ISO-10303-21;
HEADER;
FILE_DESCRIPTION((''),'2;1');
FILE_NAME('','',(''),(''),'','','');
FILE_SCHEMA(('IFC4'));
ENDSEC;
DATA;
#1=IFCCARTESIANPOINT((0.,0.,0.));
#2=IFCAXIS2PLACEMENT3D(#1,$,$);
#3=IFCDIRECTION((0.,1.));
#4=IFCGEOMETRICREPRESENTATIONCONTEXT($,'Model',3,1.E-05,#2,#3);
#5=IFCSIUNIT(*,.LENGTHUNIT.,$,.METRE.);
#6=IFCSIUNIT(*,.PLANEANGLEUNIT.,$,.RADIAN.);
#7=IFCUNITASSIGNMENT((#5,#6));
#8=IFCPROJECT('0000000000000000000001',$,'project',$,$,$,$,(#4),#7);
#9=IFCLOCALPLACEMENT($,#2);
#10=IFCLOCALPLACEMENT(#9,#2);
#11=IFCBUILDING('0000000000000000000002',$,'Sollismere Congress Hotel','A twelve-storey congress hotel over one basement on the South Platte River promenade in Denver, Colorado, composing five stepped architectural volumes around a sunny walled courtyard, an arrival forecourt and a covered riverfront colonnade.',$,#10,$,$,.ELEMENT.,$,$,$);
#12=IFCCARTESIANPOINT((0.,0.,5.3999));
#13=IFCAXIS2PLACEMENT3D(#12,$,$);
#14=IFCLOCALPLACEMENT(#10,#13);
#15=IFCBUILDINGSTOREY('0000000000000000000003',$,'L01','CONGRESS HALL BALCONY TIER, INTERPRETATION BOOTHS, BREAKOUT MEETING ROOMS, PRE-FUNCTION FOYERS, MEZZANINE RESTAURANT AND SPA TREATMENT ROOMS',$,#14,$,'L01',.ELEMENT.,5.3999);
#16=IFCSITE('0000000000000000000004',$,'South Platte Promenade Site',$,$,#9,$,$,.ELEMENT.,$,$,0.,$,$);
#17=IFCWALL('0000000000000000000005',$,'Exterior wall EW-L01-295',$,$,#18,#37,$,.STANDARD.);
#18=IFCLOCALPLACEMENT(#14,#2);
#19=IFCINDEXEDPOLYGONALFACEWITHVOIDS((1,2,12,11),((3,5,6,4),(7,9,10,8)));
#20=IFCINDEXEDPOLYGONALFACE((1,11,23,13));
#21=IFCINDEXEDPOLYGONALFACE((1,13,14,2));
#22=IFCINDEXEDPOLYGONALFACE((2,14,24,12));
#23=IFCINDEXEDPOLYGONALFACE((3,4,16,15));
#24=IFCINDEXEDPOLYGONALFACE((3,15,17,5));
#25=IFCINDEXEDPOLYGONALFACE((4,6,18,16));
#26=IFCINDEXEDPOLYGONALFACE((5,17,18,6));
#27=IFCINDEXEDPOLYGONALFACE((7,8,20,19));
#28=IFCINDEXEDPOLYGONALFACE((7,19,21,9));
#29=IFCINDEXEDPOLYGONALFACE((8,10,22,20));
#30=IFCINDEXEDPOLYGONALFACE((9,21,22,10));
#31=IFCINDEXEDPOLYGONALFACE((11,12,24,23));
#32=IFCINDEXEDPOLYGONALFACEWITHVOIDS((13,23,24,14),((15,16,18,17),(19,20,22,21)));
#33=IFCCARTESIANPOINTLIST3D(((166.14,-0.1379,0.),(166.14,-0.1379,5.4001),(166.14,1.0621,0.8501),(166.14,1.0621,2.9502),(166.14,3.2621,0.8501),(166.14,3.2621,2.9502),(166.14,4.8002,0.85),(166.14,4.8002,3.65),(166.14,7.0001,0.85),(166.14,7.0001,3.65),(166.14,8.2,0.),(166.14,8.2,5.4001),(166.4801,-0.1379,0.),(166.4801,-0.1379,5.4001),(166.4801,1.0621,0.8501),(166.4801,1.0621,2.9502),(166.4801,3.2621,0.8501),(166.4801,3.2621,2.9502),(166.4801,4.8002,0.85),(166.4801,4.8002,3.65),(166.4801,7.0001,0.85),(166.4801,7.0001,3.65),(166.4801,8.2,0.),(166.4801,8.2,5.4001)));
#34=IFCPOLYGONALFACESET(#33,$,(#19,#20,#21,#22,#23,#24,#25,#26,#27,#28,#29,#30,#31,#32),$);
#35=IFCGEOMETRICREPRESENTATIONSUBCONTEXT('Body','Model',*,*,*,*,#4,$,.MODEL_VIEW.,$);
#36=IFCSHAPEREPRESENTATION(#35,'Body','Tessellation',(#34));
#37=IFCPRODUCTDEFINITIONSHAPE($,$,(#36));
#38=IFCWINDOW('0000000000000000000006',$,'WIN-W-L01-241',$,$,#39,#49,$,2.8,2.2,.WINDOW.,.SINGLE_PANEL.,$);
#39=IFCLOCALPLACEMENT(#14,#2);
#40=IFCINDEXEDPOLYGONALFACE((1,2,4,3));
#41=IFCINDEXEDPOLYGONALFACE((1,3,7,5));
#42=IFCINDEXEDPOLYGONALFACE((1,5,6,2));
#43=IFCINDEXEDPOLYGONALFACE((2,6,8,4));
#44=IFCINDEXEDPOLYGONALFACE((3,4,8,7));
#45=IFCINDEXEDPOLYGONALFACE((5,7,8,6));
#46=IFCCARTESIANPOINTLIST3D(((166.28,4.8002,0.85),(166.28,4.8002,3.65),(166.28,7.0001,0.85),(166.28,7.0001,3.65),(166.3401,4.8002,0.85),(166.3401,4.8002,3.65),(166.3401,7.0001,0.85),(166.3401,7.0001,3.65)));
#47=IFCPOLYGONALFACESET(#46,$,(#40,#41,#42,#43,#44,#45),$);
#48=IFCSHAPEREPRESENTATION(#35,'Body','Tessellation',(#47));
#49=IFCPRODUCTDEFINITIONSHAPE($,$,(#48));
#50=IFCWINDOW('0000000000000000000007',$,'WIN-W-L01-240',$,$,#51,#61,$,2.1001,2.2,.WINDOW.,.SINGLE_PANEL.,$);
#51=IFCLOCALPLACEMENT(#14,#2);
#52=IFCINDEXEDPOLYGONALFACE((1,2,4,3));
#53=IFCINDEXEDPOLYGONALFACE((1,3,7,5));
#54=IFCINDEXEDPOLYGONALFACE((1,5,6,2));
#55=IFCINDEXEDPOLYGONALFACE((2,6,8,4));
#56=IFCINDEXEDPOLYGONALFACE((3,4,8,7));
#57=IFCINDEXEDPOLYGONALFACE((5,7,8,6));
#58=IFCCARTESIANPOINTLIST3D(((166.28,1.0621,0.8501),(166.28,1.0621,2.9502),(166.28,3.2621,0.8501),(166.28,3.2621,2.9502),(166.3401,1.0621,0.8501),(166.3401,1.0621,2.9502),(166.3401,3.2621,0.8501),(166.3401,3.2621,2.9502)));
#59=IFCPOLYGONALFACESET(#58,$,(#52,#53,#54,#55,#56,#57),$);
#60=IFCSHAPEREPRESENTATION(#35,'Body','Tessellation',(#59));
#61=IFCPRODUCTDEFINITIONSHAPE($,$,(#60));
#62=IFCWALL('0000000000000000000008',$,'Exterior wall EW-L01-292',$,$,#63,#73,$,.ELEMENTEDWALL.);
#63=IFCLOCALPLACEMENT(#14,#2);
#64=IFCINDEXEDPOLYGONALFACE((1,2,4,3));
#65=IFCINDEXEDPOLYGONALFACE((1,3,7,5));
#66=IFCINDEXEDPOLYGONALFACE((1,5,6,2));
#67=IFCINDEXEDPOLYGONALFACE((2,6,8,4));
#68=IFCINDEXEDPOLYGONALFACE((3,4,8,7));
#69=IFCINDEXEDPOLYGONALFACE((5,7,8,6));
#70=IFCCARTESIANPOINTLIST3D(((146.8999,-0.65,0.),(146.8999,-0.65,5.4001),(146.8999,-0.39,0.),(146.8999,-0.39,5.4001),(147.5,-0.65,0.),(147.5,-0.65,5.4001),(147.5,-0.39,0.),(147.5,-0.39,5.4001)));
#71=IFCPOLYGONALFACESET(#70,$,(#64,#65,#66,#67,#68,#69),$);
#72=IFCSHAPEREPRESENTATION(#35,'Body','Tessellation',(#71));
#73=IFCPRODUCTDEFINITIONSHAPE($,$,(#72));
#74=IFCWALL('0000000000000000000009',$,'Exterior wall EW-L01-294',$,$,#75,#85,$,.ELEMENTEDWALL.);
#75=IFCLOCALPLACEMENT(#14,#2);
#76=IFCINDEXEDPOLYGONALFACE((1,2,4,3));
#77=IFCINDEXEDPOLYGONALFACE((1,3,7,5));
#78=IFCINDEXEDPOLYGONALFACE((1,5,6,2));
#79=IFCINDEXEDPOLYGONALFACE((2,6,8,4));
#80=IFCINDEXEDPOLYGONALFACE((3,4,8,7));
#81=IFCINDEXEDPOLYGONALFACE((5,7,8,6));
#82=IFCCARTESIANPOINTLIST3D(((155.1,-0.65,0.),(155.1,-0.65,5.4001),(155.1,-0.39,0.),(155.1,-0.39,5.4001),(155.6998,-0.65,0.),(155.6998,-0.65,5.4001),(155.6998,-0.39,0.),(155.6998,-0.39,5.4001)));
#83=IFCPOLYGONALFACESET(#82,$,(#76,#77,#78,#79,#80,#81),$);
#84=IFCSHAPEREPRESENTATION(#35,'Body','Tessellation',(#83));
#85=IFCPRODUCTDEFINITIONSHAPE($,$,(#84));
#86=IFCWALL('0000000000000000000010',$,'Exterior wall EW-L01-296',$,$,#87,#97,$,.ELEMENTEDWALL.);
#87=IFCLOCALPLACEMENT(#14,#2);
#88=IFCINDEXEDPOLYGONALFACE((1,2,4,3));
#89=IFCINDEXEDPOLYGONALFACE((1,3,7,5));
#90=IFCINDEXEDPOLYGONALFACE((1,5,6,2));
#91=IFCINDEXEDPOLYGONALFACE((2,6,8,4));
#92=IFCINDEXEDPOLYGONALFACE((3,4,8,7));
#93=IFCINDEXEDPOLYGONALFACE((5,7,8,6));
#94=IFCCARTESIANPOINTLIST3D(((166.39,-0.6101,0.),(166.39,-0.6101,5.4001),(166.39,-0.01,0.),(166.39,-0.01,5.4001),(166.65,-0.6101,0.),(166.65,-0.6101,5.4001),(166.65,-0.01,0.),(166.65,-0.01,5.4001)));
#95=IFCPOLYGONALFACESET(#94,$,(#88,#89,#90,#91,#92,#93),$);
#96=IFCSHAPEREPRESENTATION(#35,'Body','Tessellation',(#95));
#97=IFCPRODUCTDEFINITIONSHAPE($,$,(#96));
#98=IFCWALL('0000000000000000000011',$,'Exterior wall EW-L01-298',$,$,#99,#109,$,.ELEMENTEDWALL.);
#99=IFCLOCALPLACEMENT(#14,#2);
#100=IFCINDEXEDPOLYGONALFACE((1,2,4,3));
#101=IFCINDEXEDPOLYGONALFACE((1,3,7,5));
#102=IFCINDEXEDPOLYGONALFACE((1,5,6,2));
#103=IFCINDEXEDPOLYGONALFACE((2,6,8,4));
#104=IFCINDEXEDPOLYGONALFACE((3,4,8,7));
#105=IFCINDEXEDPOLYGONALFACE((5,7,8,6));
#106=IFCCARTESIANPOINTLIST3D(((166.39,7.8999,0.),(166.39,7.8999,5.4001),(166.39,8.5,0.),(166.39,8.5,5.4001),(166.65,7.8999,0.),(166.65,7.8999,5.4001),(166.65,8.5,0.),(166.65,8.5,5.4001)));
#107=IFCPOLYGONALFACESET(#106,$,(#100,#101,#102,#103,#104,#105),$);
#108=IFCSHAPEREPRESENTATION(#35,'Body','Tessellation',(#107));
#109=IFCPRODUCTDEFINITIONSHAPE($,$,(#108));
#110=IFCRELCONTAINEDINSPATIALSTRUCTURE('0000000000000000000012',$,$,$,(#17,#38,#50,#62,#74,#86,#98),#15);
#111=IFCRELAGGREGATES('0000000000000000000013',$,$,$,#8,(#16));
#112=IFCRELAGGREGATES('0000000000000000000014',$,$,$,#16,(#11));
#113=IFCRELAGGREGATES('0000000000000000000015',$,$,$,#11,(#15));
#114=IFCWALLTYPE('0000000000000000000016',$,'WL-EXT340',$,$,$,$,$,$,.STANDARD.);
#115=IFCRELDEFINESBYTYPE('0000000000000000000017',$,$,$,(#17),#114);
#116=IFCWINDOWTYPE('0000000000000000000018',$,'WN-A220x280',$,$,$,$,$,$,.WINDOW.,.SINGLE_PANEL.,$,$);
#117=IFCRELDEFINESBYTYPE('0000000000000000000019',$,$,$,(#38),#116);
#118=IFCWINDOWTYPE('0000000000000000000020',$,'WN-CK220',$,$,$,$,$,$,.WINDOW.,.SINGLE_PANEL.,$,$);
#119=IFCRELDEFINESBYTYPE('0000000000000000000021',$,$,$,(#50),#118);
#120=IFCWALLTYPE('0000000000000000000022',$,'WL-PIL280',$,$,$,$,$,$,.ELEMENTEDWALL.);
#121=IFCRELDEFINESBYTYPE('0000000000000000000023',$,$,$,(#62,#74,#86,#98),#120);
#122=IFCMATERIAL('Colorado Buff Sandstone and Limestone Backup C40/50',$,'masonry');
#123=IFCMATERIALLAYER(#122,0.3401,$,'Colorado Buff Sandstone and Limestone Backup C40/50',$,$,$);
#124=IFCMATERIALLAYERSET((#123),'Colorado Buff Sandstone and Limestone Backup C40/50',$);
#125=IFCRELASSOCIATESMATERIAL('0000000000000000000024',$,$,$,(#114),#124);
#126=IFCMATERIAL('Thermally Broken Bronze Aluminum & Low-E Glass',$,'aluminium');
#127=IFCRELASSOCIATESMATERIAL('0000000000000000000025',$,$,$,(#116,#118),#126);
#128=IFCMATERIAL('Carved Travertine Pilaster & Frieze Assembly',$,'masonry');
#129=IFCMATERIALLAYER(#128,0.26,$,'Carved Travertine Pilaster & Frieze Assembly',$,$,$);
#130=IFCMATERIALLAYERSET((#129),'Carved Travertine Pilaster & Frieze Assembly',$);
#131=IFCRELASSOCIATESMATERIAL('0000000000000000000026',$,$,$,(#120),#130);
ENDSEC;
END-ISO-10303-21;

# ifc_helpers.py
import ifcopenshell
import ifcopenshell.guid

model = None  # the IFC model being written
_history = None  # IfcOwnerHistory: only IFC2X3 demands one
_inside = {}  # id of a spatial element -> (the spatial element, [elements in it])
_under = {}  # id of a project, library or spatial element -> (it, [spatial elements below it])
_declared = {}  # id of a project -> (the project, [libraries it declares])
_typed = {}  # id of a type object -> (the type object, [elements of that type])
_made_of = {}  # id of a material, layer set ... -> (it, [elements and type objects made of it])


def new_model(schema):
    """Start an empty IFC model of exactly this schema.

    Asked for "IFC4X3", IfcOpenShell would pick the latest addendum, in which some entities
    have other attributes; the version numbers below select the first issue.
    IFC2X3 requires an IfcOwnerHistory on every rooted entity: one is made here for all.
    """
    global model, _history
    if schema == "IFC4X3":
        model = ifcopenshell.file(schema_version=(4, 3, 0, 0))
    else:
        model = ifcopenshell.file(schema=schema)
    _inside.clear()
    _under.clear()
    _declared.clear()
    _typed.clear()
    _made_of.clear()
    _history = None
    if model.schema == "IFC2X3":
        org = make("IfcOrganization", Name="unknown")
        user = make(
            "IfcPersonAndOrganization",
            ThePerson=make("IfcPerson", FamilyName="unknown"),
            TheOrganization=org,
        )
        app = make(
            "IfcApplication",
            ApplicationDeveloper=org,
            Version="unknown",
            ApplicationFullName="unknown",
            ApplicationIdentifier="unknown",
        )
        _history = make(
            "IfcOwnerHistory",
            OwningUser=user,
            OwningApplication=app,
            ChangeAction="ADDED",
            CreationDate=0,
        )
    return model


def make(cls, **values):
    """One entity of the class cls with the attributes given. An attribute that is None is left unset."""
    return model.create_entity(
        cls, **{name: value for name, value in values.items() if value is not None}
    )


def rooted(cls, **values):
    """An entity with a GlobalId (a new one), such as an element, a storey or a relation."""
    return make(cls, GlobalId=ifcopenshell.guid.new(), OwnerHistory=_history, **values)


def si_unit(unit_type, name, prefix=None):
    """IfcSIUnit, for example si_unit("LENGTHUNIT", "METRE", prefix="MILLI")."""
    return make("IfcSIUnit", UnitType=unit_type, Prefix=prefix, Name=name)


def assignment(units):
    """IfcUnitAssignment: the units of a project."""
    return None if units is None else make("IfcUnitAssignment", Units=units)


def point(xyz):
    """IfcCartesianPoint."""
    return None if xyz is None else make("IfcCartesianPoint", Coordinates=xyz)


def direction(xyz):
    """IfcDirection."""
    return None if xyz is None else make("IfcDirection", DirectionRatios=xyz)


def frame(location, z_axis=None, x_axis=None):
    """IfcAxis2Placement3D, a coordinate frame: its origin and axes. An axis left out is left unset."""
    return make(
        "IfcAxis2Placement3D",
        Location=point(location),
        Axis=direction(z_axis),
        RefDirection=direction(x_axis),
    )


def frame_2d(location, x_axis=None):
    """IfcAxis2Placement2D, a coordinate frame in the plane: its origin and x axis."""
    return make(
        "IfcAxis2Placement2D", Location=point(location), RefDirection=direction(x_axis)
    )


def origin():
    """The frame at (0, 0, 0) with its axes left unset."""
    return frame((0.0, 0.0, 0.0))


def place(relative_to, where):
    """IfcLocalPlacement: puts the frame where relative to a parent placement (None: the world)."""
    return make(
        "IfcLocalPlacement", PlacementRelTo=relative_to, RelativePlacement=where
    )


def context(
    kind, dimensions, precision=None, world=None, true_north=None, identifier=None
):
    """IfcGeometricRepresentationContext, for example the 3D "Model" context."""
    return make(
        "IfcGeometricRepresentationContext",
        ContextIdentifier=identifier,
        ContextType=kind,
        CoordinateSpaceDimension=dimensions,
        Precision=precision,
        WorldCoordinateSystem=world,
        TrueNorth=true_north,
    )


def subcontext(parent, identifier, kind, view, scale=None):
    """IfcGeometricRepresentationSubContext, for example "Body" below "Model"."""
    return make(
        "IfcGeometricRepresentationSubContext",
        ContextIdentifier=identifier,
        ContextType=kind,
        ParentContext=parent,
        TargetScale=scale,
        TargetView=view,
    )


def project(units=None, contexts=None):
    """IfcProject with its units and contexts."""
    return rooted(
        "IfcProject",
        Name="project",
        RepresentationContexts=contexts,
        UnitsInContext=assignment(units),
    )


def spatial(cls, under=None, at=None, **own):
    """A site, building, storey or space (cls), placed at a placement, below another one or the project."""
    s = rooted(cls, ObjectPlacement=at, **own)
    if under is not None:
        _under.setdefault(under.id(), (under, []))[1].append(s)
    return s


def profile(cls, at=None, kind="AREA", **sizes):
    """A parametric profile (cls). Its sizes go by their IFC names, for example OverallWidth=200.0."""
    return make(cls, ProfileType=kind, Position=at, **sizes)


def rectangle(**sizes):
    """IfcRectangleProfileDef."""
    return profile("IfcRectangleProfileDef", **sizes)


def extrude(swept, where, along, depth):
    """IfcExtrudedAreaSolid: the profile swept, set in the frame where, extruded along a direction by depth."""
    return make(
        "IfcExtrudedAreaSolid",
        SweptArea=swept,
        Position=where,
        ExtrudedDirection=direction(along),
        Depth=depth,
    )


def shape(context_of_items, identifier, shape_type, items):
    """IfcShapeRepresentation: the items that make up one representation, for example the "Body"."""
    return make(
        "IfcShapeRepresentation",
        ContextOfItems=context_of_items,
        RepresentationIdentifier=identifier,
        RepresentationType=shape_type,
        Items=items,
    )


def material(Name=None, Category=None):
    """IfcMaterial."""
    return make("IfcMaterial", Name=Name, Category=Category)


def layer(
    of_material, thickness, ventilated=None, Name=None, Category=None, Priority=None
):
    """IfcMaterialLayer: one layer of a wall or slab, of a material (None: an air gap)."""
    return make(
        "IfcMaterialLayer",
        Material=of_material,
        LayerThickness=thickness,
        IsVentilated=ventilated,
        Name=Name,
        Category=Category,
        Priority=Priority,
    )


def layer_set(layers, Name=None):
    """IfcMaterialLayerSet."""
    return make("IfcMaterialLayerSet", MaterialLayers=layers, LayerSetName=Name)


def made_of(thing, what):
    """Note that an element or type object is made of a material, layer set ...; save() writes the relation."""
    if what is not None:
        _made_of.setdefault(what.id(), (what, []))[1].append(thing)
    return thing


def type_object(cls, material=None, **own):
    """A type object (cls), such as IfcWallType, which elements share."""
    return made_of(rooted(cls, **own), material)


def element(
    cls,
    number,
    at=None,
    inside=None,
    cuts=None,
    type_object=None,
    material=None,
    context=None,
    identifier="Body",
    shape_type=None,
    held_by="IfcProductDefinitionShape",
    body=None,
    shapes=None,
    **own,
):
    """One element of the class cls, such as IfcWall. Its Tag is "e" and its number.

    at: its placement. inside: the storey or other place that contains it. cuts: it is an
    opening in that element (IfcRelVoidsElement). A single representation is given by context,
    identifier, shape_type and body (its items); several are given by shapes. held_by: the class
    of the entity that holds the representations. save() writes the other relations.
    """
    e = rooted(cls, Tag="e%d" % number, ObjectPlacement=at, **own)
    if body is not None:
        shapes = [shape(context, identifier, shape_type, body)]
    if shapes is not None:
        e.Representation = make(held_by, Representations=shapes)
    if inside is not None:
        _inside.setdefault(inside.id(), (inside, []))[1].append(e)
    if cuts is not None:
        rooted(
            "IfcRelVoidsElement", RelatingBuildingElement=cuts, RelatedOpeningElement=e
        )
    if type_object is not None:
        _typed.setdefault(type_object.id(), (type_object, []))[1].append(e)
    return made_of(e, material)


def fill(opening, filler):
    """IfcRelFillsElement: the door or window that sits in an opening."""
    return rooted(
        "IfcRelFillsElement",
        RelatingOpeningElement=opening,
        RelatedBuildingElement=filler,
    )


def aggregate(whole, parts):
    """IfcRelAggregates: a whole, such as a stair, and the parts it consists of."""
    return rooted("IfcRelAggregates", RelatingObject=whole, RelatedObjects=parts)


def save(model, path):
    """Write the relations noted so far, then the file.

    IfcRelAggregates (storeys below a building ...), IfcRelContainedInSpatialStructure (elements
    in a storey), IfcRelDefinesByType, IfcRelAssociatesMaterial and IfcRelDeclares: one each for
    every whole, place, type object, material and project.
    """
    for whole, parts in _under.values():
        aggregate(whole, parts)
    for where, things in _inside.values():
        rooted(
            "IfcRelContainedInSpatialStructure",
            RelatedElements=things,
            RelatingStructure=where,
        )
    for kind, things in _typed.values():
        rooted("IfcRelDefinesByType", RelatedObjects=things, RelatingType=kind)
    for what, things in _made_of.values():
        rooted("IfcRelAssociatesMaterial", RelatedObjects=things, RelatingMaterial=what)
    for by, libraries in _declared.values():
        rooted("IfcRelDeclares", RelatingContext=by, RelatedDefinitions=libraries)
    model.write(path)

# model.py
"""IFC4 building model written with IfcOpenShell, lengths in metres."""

from ifc_helpers import new_model, si_unit, direction, frame, frame_2d, origin, place, context, subcontext, project, spatial, rectangle, extrude, material, layer, layer_set, type_object, element, fill, save


model = new_model("IFC4")

# Units and contexts
model_context = context("Model", 3, precision=1e-05, world=origin(), true_north=direction((0.0, 1.0)))
body_context = subcontext(model_context, "Body", "Model", "MODEL_VIEW")
ifc_project = project(units=[si_unit("LENGTHUNIT", "METRE"), si_unit("PLANEANGLEUNIT", "RADIAN")], contexts=[model_context])

# Site, building, storey
site_placement = place(None, origin())
site = spatial("IfcSite", under=ifc_project, at=site_placement, Name="South Platte Promenade Site", CompositionType="ELEMENT", RefElevation=0.0)
building_placement = place(site_placement, origin())
building = spatial("IfcBuilding", under=site, at=building_placement, Name="Sollismere Congress Hotel", Description="A twelve-storey congress hotel over one basement on the South Platte River promenade in Denver, Colorado, composing five stepped architectural volumes around a sunny walled courtyard, an arrival forecourt and a covered riverfront colonnade.", CompositionType="ELEMENT")
storey_placement = place(building_placement, frame((0.0, 0.0, 5.3999)))
storey = spatial("IfcBuildingStorey", under=building, at=storey_placement, Name="L01", Description="CONGRESS HALL BALCONY TIER, INTERPRETATION BOOTHS, BREAKOUT MEETING ROOMS, PRE-FUNCTION FOYERS, MEZZANINE RESTAURANT AND SPA TREATMENT ROOMS", LongName="L01", CompositionType="ELEMENT", Elevation=5.3999)

# Wall, openings, windows
ifc_material_1 = material(Name="Colorado Buff Sandstone and Limestone Backup C40/50", Category="masonry")
ifc_layer_1 = layer(ifc_material_1, 0.3401, Name="Colorado Buff Sandstone and Limestone Backup C40/50")
ifc_layer_set_1 = layer_set([ifc_layer_1], Name="Colorado Buff Sandstone and Limestone Backup C40/50")
wall_type_1 = type_object("IfcWallType", Name="WL-EXT340", PredefinedType="STANDARD", material=ifc_layer_set_1)
ifc_material_2 = material(Name="Thermally Broken Bronze Aluminum & Low-E Glass", Category="aluminium")
window_type_1 = type_object("IfcWindowType", Name="WN-A220x280", PartitioningType="SINGLE_PANEL", PredefinedType="WINDOW", material=ifc_material_2)
wall_1_placement = place(storey_placement, frame((166.3101, -0.1379, 0.0), z_axis=(0.0, 0.0, 1.0), x_axis=(0.0, 1.0, 0.0)))
wall_1 = element("IfcWall", 1, at=wall_1_placement, inside=storey, type_object=wall_type_1, Name="Exterior wall EW-L01-295", PredefinedType="STANDARD", context=body_context, shape_type="SweptSolid", body=[
    extrude(rectangle(XDim=8.3379, YDim=0.3401, at=frame_2d((4.1689, 0.0))), origin(), (0.0, 0.0, 1.0), 5.4001),
])
opening_1_placement = place(wall_1_placement, frame((1.2, 0.0, 0.8501)))
opening_1 = element("IfcOpeningElement", 2, at=opening_1_placement, cuts=wall_1, PredefinedType="OPENING", context=body_context, shape_type="SweptSolid", body=[
    extrude(rectangle(XDim=2.2, YDim=2.1001, at=frame_2d((1.1001, 1.05))), frame((0.0, 0.1799, 0.0), z_axis=(0.0, -1.0, 0.0), x_axis=(1.0, 0.0, 0.0)), (0.0, 0.0, 1.0), 0.3601),
])
opening_2_placement = place(wall_1_placement, frame((4.938, 0.0, 0.8501)))
opening_2 = element("IfcOpeningElement", 3, at=opening_2_placement, cuts=wall_1, PredefinedType="OPENING", context=body_context, shape_type="SweptSolid", body=[
    extrude(rectangle(XDim=2.2, YDim=2.8, at=frame_2d((1.1001, 1.3999))), frame((0.0, 0.1799, 0.0), z_axis=(0.0, -1.0, 0.0), x_axis=(1.0, 0.0, 0.0)), (0.0, 0.0, 1.0), 0.3601),
])
window_1_placement = place(opening_2_placement, origin())
window_1 = element("IfcWindow", 4, at=window_1_placement, inside=storey, type_object=window_type_1, Name="WIN-W-L01-241", OverallHeight=2.8, OverallWidth=2.2, PartitioningType="SINGLE_PANEL", PredefinedType="WINDOW", context=body_context, shape_type="SweptSolid", body=[
    extrude(rectangle(XDim=2.2, YDim=2.8, at=frame_2d((1.1001, 1.3999))), frame((0.0, 0.03, 0.0), z_axis=(0.0, -1.0, 0.0), x_axis=(1.0, 0.0, 0.0)), (0.0, 0.0, 1.0), 0.0601),
])
fill(opening_2, window_1)
window_type_2 = type_object("IfcWindowType", Name="WN-CK220", PartitioningType="SINGLE_PANEL", PredefinedType="WINDOW", material=ifc_material_2)
window_2_placement = place(opening_1_placement, origin())
window_2 = element("IfcWindow", 5, at=window_2_placement, inside=storey, type_object=window_type_2, Name="WIN-W-L01-240", OverallHeight=2.1001, OverallWidth=2.2, PartitioningType="SINGLE_PANEL", PredefinedType="WINDOW", context=body_context, shape_type="SweptSolid", body=[
    extrude(rectangle(XDim=2.2, YDim=2.1001, at=frame_2d((1.1001, 1.05))), frame((0.0, 0.03, 0.0), z_axis=(0.0, -1.0, 0.0), x_axis=(1.0, 0.0, 0.0)), (0.0, 0.0, 1.0), 0.0601),
])
fill(opening_1, window_2)

# Walls
ifc_material_3 = material(Name="Carved Travertine Pilaster & Frieze Assembly", Category="masonry")
ifc_layer_2 = layer(ifc_material_3, 0.26, Name="Carved Travertine Pilaster & Frieze Assembly")
ifc_layer_set_2 = layer_set([ifc_layer_2], Name="Carved Travertine Pilaster & Frieze Assembly")
wall_type_2 = type_object("IfcWallType", Name="WL-PIL280", PredefinedType="ELEMENTEDWALL", material=ifc_layer_set_2)
wall_2_placement = place(storey_placement, frame((146.8999, -0.52, 0.0), z_axis=(0.0, 0.0, 1.0), x_axis=(1.0, 0.0, 0.0)))
element("IfcWall", 6, at=wall_2_placement, inside=storey, type_object=wall_type_2, Name="Exterior wall EW-L01-292", PredefinedType="ELEMENTEDWALL", context=body_context, shape_type="SweptSolid", body=[
    extrude(rectangle(XDim=0.6001, YDim=0.26, at=frame_2d((0.3, 0.0))), origin(), (0.0, 0.0, 1.0), 5.4001),
])
wall_3_placement = place(storey_placement, frame((155.1001, -0.52, 0.0), z_axis=(0.0, 0.0, 1.0), x_axis=(1.0, 0.0, 0.0)))
element("IfcWall", 7, at=wall_3_placement, inside=storey, type_object=wall_type_2, Name="Exterior wall EW-L01-294", PredefinedType="ELEMENTEDWALL", context=body_context, shape_type="SweptSolid", body=[
    extrude(rectangle(XDim=0.5999, YDim=0.26, at=frame_2d((0.2998, 0.0))), origin(), (0.0, 0.0, 1.0), 5.4001),
])
for number, where, z_axis, x_axis, name in (
    (8, (166.52, -0.6101, 0.0), (0.0, 0.0, 1.0), (0.0, 1.0, 0.0), "Exterior wall EW-L01-296"),
    (9, (166.52, 7.8999, 0.0), (0.0, 0.0, 1.0), (0.0, 1.0, 0.0), "Exterior wall EW-L01-298"),
):
    element("IfcWall", number, at=place(storey_placement, frame(where, z_axis=z_axis, x_axis=x_axis)), inside=storey, type_object=wall_type_2, Name=name, PredefinedType="ELEMENTEDWALL", context=body_context, shape_type="SweptSolid", body=[
        extrude(rectangle(XDim=0.6001, YDim=0.26, at=frame_2d((0.3, 0.0))), origin(), (0.0, 0.0, 1.0), 5.4001),
    ])

save(model, "model.ifc")
